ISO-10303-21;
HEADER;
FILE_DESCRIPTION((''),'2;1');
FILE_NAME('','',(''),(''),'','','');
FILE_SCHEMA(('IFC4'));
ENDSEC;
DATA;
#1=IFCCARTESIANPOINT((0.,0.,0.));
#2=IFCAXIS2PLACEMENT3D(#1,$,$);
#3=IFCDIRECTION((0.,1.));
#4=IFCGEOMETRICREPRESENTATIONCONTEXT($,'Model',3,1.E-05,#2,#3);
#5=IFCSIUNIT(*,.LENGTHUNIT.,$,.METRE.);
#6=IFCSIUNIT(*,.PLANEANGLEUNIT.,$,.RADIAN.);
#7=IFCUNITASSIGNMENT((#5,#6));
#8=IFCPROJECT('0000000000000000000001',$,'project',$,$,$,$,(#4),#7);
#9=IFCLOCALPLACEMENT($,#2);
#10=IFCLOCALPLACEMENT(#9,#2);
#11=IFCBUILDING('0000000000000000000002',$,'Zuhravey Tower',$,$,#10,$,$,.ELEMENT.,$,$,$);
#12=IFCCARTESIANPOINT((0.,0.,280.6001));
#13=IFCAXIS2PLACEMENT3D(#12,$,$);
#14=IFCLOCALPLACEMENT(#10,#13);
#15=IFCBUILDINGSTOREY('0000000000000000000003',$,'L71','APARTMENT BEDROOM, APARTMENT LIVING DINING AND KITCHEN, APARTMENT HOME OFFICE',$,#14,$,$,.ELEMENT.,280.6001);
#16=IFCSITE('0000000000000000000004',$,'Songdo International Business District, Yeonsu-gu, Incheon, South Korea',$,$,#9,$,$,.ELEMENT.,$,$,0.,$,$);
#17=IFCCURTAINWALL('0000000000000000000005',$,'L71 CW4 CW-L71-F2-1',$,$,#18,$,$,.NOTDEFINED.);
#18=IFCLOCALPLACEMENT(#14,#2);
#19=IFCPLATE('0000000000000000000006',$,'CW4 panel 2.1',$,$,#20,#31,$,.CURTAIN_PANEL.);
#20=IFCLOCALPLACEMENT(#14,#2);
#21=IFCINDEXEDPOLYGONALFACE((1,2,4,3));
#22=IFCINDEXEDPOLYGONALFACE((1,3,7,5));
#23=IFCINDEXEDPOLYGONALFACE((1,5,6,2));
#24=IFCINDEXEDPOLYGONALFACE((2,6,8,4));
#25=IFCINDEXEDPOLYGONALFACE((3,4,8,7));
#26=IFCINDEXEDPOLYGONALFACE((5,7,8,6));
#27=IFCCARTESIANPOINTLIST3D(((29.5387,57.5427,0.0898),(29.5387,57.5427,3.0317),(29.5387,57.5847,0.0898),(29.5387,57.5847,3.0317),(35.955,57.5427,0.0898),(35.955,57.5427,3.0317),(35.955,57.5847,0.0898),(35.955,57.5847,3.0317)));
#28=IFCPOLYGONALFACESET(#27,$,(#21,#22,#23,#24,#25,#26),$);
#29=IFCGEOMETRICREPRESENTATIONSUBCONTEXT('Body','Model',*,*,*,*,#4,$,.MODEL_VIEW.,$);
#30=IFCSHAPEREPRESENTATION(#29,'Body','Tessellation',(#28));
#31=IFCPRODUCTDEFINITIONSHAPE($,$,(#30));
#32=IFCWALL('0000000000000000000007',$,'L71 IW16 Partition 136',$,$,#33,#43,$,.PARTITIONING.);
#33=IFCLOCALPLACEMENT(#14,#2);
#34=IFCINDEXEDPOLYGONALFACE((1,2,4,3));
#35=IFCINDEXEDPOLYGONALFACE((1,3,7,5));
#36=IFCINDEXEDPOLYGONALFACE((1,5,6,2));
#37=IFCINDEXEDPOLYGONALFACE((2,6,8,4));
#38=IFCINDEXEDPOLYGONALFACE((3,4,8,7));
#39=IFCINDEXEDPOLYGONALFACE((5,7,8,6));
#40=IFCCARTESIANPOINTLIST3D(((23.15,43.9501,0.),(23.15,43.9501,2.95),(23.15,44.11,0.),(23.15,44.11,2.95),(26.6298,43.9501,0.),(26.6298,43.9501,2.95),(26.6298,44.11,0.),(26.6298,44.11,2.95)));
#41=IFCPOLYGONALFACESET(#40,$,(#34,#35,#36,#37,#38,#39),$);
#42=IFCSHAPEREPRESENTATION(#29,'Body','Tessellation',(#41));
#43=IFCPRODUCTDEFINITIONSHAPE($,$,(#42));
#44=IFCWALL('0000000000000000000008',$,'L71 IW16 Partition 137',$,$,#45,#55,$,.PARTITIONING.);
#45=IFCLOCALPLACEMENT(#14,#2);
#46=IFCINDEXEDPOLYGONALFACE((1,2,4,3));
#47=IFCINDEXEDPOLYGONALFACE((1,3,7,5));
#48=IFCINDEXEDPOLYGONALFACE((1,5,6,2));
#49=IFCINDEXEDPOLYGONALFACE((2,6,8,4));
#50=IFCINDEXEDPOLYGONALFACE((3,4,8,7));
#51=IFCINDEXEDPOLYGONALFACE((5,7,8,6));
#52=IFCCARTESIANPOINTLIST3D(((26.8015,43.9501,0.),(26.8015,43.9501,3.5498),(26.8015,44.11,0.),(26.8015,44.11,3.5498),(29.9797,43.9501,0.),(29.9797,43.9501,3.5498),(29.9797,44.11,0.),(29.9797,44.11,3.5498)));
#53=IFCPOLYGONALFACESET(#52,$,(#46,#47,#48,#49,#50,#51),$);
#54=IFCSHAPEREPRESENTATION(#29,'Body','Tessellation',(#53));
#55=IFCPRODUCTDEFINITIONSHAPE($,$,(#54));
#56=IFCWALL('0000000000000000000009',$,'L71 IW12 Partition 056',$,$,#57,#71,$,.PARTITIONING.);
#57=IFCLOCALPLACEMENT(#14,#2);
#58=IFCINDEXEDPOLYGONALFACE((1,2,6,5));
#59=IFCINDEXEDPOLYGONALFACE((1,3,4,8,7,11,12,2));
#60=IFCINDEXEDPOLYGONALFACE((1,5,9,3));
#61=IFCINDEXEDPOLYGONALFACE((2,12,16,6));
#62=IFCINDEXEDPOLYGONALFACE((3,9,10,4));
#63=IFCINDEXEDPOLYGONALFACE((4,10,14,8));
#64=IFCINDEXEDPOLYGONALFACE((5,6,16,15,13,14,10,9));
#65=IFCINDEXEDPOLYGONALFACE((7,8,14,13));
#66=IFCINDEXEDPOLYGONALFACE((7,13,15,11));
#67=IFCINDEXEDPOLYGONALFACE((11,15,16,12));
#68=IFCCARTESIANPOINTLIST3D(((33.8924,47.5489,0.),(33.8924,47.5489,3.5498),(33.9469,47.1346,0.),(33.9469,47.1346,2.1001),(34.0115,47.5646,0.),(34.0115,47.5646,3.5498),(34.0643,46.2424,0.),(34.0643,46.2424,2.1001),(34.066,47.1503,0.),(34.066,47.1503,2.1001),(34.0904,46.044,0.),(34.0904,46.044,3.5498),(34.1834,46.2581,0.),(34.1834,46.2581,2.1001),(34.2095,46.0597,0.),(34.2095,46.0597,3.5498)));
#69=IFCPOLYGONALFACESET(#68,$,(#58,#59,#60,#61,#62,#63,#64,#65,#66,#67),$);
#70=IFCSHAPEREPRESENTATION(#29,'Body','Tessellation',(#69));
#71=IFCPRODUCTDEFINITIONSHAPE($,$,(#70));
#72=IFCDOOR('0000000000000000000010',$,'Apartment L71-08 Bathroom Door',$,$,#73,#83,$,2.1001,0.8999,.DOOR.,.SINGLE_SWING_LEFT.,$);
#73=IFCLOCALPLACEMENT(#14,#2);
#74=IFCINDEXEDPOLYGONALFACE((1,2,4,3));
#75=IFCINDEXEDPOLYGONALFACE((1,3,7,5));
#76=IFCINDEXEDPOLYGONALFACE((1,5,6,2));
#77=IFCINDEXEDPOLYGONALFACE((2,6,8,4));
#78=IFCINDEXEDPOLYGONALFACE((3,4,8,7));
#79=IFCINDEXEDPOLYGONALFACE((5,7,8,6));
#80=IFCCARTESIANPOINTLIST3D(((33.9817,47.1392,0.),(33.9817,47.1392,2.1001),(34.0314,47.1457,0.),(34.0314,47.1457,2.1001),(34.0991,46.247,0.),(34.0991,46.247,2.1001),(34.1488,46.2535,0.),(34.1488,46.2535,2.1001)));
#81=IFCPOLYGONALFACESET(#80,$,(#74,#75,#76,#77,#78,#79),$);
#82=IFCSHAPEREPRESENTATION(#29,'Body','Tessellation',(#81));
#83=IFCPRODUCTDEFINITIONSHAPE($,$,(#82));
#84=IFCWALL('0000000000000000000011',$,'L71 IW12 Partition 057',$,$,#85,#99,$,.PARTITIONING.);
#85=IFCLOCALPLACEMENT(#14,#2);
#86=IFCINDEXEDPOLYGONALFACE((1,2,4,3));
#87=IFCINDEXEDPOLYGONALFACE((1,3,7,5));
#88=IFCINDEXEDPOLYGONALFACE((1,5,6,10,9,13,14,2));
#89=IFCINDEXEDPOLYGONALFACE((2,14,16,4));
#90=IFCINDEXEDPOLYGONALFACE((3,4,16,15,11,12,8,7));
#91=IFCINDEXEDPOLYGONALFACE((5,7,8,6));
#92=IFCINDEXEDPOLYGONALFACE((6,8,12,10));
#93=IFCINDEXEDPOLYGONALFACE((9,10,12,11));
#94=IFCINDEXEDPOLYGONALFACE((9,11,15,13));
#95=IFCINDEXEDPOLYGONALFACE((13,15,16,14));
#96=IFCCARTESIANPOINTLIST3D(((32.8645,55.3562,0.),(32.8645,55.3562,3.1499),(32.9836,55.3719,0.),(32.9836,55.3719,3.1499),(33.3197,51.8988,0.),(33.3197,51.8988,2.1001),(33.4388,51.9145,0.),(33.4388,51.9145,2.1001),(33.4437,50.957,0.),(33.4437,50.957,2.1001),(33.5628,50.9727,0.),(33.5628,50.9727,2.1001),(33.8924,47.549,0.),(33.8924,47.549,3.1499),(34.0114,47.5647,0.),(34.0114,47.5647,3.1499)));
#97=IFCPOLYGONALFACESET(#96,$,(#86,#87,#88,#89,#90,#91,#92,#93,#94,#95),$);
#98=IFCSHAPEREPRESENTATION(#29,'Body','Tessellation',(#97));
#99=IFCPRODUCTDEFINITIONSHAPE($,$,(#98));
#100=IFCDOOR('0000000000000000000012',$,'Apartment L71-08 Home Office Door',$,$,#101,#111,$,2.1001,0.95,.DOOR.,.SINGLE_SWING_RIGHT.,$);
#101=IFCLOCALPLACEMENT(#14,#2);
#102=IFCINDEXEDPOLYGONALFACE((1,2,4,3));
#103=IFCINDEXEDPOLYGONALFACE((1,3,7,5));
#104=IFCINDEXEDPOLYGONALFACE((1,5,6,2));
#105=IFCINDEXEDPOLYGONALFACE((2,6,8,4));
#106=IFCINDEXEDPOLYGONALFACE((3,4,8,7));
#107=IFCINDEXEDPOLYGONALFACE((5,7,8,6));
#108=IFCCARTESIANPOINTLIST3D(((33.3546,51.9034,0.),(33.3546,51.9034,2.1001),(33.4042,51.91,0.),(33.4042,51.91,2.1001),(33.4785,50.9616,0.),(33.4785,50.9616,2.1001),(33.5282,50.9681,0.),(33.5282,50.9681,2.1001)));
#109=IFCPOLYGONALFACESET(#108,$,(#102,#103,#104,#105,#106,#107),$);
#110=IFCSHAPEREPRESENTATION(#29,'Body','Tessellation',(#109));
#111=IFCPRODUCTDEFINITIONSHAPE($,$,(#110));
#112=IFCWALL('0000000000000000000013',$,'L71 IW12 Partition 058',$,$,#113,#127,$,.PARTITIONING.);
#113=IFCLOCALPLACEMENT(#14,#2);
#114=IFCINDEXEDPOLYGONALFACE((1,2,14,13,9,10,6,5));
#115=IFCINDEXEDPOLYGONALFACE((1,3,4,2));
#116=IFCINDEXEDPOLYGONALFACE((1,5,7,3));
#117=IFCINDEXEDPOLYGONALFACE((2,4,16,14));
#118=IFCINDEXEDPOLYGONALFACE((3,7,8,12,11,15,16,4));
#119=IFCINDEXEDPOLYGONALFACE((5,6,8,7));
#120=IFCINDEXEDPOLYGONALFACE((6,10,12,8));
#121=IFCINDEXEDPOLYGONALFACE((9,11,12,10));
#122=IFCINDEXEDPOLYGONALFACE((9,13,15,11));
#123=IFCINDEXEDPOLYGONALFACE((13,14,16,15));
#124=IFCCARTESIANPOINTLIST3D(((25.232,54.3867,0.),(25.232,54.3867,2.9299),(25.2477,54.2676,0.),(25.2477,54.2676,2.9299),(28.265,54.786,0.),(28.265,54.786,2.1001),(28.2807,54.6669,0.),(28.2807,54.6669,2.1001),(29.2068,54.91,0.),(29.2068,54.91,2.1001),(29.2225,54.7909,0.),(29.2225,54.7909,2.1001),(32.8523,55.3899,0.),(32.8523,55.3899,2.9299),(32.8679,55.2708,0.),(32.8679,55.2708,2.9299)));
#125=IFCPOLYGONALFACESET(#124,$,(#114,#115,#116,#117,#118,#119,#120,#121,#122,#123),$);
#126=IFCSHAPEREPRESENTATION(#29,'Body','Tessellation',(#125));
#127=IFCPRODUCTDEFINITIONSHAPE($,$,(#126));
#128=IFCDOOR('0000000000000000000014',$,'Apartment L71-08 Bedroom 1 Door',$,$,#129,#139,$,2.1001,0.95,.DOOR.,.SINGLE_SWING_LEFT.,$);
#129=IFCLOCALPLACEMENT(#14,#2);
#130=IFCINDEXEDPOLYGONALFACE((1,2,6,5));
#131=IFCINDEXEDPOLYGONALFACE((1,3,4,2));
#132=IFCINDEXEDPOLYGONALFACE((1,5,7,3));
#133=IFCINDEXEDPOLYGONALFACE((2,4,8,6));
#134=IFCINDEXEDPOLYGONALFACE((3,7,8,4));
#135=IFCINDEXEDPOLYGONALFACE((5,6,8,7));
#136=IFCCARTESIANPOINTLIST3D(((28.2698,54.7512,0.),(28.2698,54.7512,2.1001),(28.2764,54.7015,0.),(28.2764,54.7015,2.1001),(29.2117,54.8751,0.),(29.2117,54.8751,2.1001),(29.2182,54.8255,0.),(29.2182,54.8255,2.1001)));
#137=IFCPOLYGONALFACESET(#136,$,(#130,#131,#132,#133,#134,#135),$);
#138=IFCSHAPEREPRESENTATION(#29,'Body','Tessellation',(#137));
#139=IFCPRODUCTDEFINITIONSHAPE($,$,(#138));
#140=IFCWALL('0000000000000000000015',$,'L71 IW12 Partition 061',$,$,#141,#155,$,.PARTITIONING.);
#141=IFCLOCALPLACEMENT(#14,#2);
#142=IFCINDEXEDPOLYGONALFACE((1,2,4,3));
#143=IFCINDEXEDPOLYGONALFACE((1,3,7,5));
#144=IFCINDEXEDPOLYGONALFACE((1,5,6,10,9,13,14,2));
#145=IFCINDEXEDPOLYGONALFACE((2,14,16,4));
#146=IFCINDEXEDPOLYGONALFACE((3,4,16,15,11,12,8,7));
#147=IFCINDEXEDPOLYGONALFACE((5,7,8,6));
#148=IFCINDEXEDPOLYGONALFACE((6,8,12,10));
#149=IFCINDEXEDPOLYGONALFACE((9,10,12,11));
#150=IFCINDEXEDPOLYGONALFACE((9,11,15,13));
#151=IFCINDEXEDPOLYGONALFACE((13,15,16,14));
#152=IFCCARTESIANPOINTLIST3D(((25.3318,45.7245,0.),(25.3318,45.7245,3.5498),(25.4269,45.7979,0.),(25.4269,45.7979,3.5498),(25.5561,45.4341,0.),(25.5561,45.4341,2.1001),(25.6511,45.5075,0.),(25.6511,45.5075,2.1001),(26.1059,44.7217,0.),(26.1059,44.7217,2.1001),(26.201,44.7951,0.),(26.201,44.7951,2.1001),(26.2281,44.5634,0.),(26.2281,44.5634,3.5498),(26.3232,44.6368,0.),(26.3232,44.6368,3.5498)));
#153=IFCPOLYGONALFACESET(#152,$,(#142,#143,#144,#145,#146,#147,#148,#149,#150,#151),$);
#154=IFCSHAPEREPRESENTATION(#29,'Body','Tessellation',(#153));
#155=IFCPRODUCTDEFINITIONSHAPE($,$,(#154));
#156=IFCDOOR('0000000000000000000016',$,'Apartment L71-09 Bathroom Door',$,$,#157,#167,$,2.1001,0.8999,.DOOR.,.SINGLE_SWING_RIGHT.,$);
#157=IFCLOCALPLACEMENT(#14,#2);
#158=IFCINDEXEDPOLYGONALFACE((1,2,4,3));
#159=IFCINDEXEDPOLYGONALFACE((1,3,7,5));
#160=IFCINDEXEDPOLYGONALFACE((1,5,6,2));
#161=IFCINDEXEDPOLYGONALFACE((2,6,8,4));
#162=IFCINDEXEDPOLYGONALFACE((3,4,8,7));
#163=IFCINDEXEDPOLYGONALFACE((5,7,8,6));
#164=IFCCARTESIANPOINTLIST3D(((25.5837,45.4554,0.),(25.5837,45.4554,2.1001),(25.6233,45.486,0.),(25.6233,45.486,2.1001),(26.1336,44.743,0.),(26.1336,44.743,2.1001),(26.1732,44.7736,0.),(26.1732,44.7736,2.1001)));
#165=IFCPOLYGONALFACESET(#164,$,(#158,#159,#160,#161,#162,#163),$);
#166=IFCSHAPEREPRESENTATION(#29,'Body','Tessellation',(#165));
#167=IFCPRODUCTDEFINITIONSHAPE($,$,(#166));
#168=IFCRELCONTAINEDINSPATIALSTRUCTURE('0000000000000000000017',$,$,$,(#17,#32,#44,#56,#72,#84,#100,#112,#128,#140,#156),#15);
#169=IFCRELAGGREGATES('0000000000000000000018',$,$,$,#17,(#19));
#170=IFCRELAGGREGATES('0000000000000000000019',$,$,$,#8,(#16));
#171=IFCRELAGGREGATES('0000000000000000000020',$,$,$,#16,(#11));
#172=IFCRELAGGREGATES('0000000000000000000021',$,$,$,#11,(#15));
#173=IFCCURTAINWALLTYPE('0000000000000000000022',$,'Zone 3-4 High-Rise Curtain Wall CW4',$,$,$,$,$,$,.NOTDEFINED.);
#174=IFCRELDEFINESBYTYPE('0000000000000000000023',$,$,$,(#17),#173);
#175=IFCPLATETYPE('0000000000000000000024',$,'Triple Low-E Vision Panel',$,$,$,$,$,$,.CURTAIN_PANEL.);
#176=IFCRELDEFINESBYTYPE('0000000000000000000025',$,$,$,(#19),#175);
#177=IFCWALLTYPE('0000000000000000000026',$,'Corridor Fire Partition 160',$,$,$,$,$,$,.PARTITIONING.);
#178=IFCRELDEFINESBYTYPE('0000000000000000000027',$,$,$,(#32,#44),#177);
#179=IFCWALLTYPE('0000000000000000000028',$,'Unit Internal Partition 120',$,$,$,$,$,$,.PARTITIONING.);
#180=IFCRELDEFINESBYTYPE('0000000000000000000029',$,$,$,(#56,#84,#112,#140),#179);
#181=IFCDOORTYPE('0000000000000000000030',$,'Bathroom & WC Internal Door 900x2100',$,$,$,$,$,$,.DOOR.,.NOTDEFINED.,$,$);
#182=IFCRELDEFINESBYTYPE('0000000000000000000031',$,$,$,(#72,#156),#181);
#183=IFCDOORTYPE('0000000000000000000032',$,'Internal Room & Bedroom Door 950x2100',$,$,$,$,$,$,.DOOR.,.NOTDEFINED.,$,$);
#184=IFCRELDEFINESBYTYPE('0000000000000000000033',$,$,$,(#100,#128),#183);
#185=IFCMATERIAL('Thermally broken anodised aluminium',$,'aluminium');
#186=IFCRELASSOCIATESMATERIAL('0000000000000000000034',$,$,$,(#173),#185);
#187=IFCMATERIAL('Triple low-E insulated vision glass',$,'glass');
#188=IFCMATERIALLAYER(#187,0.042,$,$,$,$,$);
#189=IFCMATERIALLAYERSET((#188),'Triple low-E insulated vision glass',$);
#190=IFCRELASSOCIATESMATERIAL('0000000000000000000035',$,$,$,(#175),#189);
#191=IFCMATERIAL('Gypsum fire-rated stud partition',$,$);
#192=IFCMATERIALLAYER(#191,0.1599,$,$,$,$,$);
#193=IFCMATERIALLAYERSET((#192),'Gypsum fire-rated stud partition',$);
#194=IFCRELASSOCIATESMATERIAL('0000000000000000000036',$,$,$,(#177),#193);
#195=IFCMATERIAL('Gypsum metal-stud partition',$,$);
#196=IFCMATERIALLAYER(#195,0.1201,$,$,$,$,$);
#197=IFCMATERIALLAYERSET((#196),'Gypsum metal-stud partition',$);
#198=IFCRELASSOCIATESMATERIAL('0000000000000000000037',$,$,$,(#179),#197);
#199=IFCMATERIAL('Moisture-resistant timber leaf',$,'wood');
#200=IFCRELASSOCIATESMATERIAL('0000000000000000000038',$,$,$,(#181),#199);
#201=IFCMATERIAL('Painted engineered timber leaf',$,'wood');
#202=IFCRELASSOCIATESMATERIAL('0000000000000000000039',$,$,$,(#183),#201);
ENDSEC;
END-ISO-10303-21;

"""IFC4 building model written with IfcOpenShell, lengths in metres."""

from ifc_helpers import new_model, si_unit, direction, frame, frame_2d, origin, origin_2d, place, context, subcontext, project, spatial, rectangle, extrude, material, layer, layer_set, type_object, element, fill, aggregate, save


model = new_model("IFC4")

# Units and contexts
model_context = context("Model", 3, precision=1e-05, world=origin(), true_north=direction((0.0, 1.0)))
body_context = subcontext(model_context, "Body", "Model", "MODEL_VIEW")
ifc_project = project(units=[si_unit("LENGTHUNIT", "METRE"), si_unit("PLANEANGLEUNIT", "RADIAN")], contexts=[model_context])

# Site, building, storey
site_placement = place(None, origin())
site = spatial("IfcSite", under=ifc_project, at=site_placement, Name="Songdo International Business District, Yeonsu-gu, Incheon, South Korea", CompositionType="ELEMENT", RefElevation=0.0)
building_placement = place(site_placement, origin())
building = spatial("IfcBuilding", under=site, at=building_placement, Name="Zuhravey Tower", CompositionType="ELEMENT")
storey_placement = place(building_placement, frame((0.0, 0.0, 280.6001)))
storey = spatial("IfcBuildingStorey", under=building, at=storey_placement, Name="L71", Description="APARTMENT BEDROOM, APARTMENT LIVING DINING AND KITCHEN, APARTMENT HOME OFFICE", CompositionType="ELEMENT", Elevation=280.6001)

# Curtain wall
ifc_material_1 = material(Name="Thermally broken anodised aluminium", Category="aluminium")
curtain_wall_type = type_object("IfcCurtainWallType", Name="Zone 3-4 High-Rise Curtain Wall CW4", PredefinedType="NOTDEFINED", material=ifc_material_1)
curtain_wall_placement = place(storey_placement, origin())
curtain_wall = element("IfcCurtainWall", 1, at=curtain_wall_placement, inside=storey, type_object=curtain_wall_type, Name="L71 CW4 CW-L71-F2-1", PredefinedType="NOTDEFINED")

# Plate
ifc_material_2 = material(Name="Triple low-E insulated vision glass", Category="glass")
ifc_layer_1 = layer(ifc_material_2, 0.042)
ifc_layer_set_1 = layer_set([ifc_layer_1], Name="Triple low-E insulated vision glass")
plate_type = type_object("IfcPlateType", Name="Triple Low-E Vision Panel", PredefinedType="CURTAIN_PANEL", material=ifc_layer_set_1)
plate_1_placement = place(storey_placement, frame((32.7468, 57.5637, 0.0898), z_axis=(0.0, 0.0, 1.0), x_axis=(1.0, 0.0, 0.0)))
plate_1 = element("IfcPlate", 2, at=plate_1_placement, type_object=plate_type, Name="CW4 panel 2.1", PredefinedType="CURTAIN_PANEL", context=body_context, shape_type="SweptSolid", body=[
    extrude(rectangle(XDim=6.4163, YDim=0.042, at=origin_2d()), origin(), (0.0, 0.0, 1.0), 2.9419),
])
aggregate(curtain_wall, [plate_1])

# Walls
ifc_material_3 = material(Name="Gypsum fire-rated stud partition")
ifc_layer_2 = layer(ifc_material_3, 0.1599)
ifc_layer_set_2 = layer_set([ifc_layer_2], Name="Gypsum fire-rated stud partition")
wall_type_1 = type_object("IfcWallType", Name="Corridor Fire Partition 160", PredefinedType="PARTITIONING", material=ifc_layer_set_2)
wall_1_placement = place(storey_placement, frame((26.6296, 44.03, 0.0), z_axis=(0.0, 0.0, 1.0), x_axis=(-1.0, 0.0, 0.0)))
element("IfcWall", 3, at=wall_1_placement, inside=storey, type_object=wall_type_1, Name="L71 IW16 Partition 136", PredefinedType="PARTITIONING", context=body_context, shape_type="SweptSolid", body=[
    extrude(rectangle(XDim=3.4797, YDim=0.1599, at=frame_2d((1.7397, 0.0))), origin(), (0.0, 0.0, 1.0), 2.95),
])
wall_2_placement = place(storey_placement, frame((29.9797, 44.03, 0.0), z_axis=(0.0, 0.0, 1.0), x_axis=(-1.0, 0.0, 0.0)))
element("IfcWall", 4, at=wall_2_placement, inside=storey, type_object=wall_type_1, Name="L71 IW16 Partition 137", PredefinedType="PARTITIONING", context=body_context, shape_type="SweptSolid", body=[
    extrude(rectangle(XDim=3.1782, YDim=0.1599, at=frame_2d((1.5891, 0.0))), origin(), (0.0, 0.0, 1.0), 3.5498),
])

# Walls, openings, doors
ifc_material_4 = material(Name="Gypsum metal-stud partition")
ifc_layer_3 = layer(ifc_material_4, 0.1201)
ifc_layer_set_3 = layer_set([ifc_layer_3], Name="Gypsum metal-stud partition")
wall_type_2 = type_object("IfcWallType", Name="Unit Internal Partition 120", PredefinedType="PARTITIONING", material=ifc_layer_set_3)
wall_3_placement = place(storey_placement, frame((34.1499, 46.052, 0.0), z_axis=(0.0, 0.0, 1.0), x_axis=(-0.130446, 0.991455, 0.0)))
wall_3 = element("IfcWall", 5, at=wall_3_placement, inside=storey, type_object=wall_type_2, Name="L71 IW12 Partition 056", PredefinedType="PARTITIONING", context=body_context, shape_type="SweptSolid", body=[
    extrude(rectangle(XDim=1.5178, YDim=0.1201, at=frame_2d((0.7588, 0.0))), origin(), (0.0, 0.0, 1.0), 3.5498),
])
opening_1_placement = place(wall_3_placement, frame((0.2, 0.0, 0.0)))
opening_1 = element("IfcOpeningElement", 6, at=opening_1_placement, cuts=wall_3, PredefinedType="OPENING", context=body_context, shape_type="SweptSolid", body=[
    extrude(rectangle(XDim=0.8999, YDim=2.1001, at=frame_2d((0.45, 1.05))), frame((0.0, 0.072, 0.0), z_axis=(0.0, -1.0, 0.0), x_axis=(1.0, 0.0, 0.0)), (0.0, 0.0, 1.0), 0.144),
])
ifc_material_5 = material(Name="Moisture-resistant timber leaf", Category="wood")
door_type_1 = type_object("IfcDoorType", Name="Bathroom & WC Internal Door 900x2100", OperationType="NOTDEFINED", PredefinedType="DOOR", material=ifc_material_5)
door_1_placement = place(opening_1_placement, origin())
door_1 = element("IfcDoor", 7, at=door_1_placement, inside=storey, type_object=door_type_1, Name="Apartment L71-08 Bathroom Door", OperationType="SINGLE_SWING_LEFT", OverallHeight=2.1001, OverallWidth=0.8999, PredefinedType="DOOR", context=body_context, shape_type="SweptSolid", body=[
    extrude(rectangle(XDim=0.8999, YDim=2.1001, at=frame_2d((0.45, 1.05))), frame((0.0, 0.0249, 0.0), z_axis=(0.0, -1.0, 0.0), x_axis=(1.0, 0.0, 0.0)), (0.0, 0.0, 1.0), 0.05),
])
fill(opening_1, door_1)
wall_4_placement = place(storey_placement, frame((33.9519, 47.5569, 0.0), z_axis=(0.0, 0.0, 1.0), x_axis=(-0.130527, 0.991445, 0.0)))
wall_4 = element("IfcWall", 8, at=wall_4_placement, inside=storey, type_object=wall_type_2, Name="L71 IW12 Partition 057", PredefinedType="PARTITIONING", context=body_context, shape_type="SweptSolid", body=[
    extrude(rectangle(XDim=7.8745, YDim=0.1201, at=frame_2d((3.9373, 0.0))), origin(), (0.0, 0.0, 1.0), 3.1499),
])
opening_2_placement = place(wall_4_placement, frame((3.4373, 0.0, 0.0)))
opening_2 = element("IfcOpeningElement", 9, at=opening_2_placement, cuts=wall_4, PredefinedType="OPENING", context=body_context, shape_type="SweptSolid", body=[
    extrude(rectangle(XDim=0.95, YDim=2.1001, at=frame_2d((0.4751, 1.05))), frame((0.0, 0.072, 0.0), z_axis=(0.0, -1.0, 0.0), x_axis=(1.0, 0.0, 0.0)), (0.0, 0.0, 1.0), 0.144),
])
ifc_material_6 = material(Name="Painted engineered timber leaf", Category="wood")
door_type_2 = type_object("IfcDoorType", Name="Internal Room & Bedroom Door 950x2100", OperationType="NOTDEFINED", PredefinedType="DOOR", material=ifc_material_6)
door_2_placement = place(opening_2_placement, origin())
door_2 = element("IfcDoor", 10, at=door_2_placement, inside=storey, type_object=door_type_2, Name="Apartment L71-08 Home Office Door", OperationType="SINGLE_SWING_RIGHT", OverallHeight=2.1001, OverallWidth=0.95, PredefinedType="DOOR", context=body_context, shape_type="SweptSolid", body=[
    extrude(rectangle(XDim=0.95, YDim=2.1001, at=frame_2d((0.4751, 1.05))), frame((0.0, 0.0249, 0.0), z_axis=(0.0, -1.0, 0.0), x_axis=(1.0, 0.0, 0.0)), (0.0, 0.0, 1.0), 0.05),
])
fill(opening_2, door_2)
wall_5_placement = place(storey_placement, frame((32.8601, 55.3303, 0.0), z_axis=(0.0, 0.0, 1.0), x_axis=(-0.991446, -0.130518, 0.0)))
wall_5 = element("IfcWall", 11, at=wall_5_placement, inside=storey, type_object=wall_type_2, Name="L71 IW12 Partition 058", PredefinedType="PARTITIONING", context=body_context, shape_type="SweptSolid", body=[
    extrude(rectangle(XDim=7.686, YDim=0.1201, at=frame_2d((3.843, 0.0))), origin(), (0.0, 0.0, 1.0), 2.9299),
])
opening_3_placement = place(wall_5_placement, frame((3.6768, 0.0, 0.0)))
opening_3 = element("IfcOpeningElement", 12, at=opening_3_placement, cuts=wall_5, PredefinedType="OPENING", context=body_context, shape_type="SweptSolid", body=[
    extrude(rectangle(XDim=0.95, YDim=2.1001, at=frame_2d((0.4751, 1.05))), frame((0.0, 0.072, 0.0), z_axis=(0.0, -1.0, 0.0), x_axis=(1.0, 0.0, 0.0)), (0.0, 0.0, 1.0), 0.144),
])
door_3_placement = place(opening_3_placement, frame((0.95, 0.0, 0.0), z_axis=(0.0, 0.0, 1.0), x_axis=(-1.0, 0.0, 0.0)))
door_3 = element("IfcDoor", 13, at=door_3_placement, inside=storey, type_object=door_type_2, Name="Apartment L71-08 Bedroom 1 Door", OperationType="SINGLE_SWING_LEFT", OverallHeight=2.1001, OverallWidth=0.95, PredefinedType="DOOR", context=body_context, shape_type="SweptSolid", body=[
    extrude(rectangle(XDim=0.95, YDim=2.1001, at=frame_2d((0.4751, 1.05))), frame((0.0, 0.0249, 0.0), z_axis=(0.0, -1.0, 0.0), x_axis=(1.0, 0.0, 0.0)), (0.0, 0.0, 1.0), 0.05),
])
fill(opening_3, door_3)
wall_6_placement = place(storey_placement, frame((26.2756, 44.6001, 0.0), z_axis=(0.0, 0.0, 1.0), x_axis=(-0.611021, 0.791614, 0.0)))
wall_6 = element("IfcWall", 14, at=wall_6_placement, inside=storey, type_object=wall_type_2, Name="L71 IW12 Partition 061", PredefinedType="PARTITIONING", context=body_context, shape_type="SweptSolid", body=[
    extrude(rectangle(XDim=1.4668, YDim=0.1201, at=frame_2d((0.7334, 0.0))), origin(), (0.0, 0.0, 1.0), 3.5498),
])
opening_4_placement = place(wall_6_placement, frame((0.2, 0.0, 0.0)))
opening_4 = element("IfcOpeningElement", 15, at=opening_4_placement, cuts=wall_6, PredefinedType="OPENING", context=body_context, shape_type="SweptSolid", body=[
    extrude(rectangle(XDim=0.8999, YDim=2.1001, at=frame_2d((0.45, 1.05))), frame((0.0, 0.072, 0.0), z_axis=(0.0, -1.0, 0.0), x_axis=(1.0, 0.0, 0.0)), (0.0, 0.0, 1.0), 0.144),
])
door_4_placement = place(opening_4_placement, frame((0.8999, 0.0, 0.0), z_axis=(0.0, 0.0, 1.0), x_axis=(-1.0, 0.0, 0.0)))
door_4 = element("IfcDoor", 16, at=door_4_placement, inside=storey, type_object=door_type_1, Name="Apartment L71-09 Bathroom Door", OperationType="SINGLE_SWING_RIGHT", OverallHeight=2.1001, OverallWidth=0.8999, PredefinedType="DOOR", context=body_context, shape_type="SweptSolid", body=[
    extrude(rectangle(XDim=0.8999, YDim=2.1001, at=frame_2d((0.45, 1.05))), frame((0.0, 0.0249, 0.0), z_axis=(0.0, -1.0, 0.0), x_axis=(1.0, 0.0, 0.0)), (0.0, 0.0, 1.0), 0.05),
])
fill(opening_4, door_4)

save(model, "model.ifc")
